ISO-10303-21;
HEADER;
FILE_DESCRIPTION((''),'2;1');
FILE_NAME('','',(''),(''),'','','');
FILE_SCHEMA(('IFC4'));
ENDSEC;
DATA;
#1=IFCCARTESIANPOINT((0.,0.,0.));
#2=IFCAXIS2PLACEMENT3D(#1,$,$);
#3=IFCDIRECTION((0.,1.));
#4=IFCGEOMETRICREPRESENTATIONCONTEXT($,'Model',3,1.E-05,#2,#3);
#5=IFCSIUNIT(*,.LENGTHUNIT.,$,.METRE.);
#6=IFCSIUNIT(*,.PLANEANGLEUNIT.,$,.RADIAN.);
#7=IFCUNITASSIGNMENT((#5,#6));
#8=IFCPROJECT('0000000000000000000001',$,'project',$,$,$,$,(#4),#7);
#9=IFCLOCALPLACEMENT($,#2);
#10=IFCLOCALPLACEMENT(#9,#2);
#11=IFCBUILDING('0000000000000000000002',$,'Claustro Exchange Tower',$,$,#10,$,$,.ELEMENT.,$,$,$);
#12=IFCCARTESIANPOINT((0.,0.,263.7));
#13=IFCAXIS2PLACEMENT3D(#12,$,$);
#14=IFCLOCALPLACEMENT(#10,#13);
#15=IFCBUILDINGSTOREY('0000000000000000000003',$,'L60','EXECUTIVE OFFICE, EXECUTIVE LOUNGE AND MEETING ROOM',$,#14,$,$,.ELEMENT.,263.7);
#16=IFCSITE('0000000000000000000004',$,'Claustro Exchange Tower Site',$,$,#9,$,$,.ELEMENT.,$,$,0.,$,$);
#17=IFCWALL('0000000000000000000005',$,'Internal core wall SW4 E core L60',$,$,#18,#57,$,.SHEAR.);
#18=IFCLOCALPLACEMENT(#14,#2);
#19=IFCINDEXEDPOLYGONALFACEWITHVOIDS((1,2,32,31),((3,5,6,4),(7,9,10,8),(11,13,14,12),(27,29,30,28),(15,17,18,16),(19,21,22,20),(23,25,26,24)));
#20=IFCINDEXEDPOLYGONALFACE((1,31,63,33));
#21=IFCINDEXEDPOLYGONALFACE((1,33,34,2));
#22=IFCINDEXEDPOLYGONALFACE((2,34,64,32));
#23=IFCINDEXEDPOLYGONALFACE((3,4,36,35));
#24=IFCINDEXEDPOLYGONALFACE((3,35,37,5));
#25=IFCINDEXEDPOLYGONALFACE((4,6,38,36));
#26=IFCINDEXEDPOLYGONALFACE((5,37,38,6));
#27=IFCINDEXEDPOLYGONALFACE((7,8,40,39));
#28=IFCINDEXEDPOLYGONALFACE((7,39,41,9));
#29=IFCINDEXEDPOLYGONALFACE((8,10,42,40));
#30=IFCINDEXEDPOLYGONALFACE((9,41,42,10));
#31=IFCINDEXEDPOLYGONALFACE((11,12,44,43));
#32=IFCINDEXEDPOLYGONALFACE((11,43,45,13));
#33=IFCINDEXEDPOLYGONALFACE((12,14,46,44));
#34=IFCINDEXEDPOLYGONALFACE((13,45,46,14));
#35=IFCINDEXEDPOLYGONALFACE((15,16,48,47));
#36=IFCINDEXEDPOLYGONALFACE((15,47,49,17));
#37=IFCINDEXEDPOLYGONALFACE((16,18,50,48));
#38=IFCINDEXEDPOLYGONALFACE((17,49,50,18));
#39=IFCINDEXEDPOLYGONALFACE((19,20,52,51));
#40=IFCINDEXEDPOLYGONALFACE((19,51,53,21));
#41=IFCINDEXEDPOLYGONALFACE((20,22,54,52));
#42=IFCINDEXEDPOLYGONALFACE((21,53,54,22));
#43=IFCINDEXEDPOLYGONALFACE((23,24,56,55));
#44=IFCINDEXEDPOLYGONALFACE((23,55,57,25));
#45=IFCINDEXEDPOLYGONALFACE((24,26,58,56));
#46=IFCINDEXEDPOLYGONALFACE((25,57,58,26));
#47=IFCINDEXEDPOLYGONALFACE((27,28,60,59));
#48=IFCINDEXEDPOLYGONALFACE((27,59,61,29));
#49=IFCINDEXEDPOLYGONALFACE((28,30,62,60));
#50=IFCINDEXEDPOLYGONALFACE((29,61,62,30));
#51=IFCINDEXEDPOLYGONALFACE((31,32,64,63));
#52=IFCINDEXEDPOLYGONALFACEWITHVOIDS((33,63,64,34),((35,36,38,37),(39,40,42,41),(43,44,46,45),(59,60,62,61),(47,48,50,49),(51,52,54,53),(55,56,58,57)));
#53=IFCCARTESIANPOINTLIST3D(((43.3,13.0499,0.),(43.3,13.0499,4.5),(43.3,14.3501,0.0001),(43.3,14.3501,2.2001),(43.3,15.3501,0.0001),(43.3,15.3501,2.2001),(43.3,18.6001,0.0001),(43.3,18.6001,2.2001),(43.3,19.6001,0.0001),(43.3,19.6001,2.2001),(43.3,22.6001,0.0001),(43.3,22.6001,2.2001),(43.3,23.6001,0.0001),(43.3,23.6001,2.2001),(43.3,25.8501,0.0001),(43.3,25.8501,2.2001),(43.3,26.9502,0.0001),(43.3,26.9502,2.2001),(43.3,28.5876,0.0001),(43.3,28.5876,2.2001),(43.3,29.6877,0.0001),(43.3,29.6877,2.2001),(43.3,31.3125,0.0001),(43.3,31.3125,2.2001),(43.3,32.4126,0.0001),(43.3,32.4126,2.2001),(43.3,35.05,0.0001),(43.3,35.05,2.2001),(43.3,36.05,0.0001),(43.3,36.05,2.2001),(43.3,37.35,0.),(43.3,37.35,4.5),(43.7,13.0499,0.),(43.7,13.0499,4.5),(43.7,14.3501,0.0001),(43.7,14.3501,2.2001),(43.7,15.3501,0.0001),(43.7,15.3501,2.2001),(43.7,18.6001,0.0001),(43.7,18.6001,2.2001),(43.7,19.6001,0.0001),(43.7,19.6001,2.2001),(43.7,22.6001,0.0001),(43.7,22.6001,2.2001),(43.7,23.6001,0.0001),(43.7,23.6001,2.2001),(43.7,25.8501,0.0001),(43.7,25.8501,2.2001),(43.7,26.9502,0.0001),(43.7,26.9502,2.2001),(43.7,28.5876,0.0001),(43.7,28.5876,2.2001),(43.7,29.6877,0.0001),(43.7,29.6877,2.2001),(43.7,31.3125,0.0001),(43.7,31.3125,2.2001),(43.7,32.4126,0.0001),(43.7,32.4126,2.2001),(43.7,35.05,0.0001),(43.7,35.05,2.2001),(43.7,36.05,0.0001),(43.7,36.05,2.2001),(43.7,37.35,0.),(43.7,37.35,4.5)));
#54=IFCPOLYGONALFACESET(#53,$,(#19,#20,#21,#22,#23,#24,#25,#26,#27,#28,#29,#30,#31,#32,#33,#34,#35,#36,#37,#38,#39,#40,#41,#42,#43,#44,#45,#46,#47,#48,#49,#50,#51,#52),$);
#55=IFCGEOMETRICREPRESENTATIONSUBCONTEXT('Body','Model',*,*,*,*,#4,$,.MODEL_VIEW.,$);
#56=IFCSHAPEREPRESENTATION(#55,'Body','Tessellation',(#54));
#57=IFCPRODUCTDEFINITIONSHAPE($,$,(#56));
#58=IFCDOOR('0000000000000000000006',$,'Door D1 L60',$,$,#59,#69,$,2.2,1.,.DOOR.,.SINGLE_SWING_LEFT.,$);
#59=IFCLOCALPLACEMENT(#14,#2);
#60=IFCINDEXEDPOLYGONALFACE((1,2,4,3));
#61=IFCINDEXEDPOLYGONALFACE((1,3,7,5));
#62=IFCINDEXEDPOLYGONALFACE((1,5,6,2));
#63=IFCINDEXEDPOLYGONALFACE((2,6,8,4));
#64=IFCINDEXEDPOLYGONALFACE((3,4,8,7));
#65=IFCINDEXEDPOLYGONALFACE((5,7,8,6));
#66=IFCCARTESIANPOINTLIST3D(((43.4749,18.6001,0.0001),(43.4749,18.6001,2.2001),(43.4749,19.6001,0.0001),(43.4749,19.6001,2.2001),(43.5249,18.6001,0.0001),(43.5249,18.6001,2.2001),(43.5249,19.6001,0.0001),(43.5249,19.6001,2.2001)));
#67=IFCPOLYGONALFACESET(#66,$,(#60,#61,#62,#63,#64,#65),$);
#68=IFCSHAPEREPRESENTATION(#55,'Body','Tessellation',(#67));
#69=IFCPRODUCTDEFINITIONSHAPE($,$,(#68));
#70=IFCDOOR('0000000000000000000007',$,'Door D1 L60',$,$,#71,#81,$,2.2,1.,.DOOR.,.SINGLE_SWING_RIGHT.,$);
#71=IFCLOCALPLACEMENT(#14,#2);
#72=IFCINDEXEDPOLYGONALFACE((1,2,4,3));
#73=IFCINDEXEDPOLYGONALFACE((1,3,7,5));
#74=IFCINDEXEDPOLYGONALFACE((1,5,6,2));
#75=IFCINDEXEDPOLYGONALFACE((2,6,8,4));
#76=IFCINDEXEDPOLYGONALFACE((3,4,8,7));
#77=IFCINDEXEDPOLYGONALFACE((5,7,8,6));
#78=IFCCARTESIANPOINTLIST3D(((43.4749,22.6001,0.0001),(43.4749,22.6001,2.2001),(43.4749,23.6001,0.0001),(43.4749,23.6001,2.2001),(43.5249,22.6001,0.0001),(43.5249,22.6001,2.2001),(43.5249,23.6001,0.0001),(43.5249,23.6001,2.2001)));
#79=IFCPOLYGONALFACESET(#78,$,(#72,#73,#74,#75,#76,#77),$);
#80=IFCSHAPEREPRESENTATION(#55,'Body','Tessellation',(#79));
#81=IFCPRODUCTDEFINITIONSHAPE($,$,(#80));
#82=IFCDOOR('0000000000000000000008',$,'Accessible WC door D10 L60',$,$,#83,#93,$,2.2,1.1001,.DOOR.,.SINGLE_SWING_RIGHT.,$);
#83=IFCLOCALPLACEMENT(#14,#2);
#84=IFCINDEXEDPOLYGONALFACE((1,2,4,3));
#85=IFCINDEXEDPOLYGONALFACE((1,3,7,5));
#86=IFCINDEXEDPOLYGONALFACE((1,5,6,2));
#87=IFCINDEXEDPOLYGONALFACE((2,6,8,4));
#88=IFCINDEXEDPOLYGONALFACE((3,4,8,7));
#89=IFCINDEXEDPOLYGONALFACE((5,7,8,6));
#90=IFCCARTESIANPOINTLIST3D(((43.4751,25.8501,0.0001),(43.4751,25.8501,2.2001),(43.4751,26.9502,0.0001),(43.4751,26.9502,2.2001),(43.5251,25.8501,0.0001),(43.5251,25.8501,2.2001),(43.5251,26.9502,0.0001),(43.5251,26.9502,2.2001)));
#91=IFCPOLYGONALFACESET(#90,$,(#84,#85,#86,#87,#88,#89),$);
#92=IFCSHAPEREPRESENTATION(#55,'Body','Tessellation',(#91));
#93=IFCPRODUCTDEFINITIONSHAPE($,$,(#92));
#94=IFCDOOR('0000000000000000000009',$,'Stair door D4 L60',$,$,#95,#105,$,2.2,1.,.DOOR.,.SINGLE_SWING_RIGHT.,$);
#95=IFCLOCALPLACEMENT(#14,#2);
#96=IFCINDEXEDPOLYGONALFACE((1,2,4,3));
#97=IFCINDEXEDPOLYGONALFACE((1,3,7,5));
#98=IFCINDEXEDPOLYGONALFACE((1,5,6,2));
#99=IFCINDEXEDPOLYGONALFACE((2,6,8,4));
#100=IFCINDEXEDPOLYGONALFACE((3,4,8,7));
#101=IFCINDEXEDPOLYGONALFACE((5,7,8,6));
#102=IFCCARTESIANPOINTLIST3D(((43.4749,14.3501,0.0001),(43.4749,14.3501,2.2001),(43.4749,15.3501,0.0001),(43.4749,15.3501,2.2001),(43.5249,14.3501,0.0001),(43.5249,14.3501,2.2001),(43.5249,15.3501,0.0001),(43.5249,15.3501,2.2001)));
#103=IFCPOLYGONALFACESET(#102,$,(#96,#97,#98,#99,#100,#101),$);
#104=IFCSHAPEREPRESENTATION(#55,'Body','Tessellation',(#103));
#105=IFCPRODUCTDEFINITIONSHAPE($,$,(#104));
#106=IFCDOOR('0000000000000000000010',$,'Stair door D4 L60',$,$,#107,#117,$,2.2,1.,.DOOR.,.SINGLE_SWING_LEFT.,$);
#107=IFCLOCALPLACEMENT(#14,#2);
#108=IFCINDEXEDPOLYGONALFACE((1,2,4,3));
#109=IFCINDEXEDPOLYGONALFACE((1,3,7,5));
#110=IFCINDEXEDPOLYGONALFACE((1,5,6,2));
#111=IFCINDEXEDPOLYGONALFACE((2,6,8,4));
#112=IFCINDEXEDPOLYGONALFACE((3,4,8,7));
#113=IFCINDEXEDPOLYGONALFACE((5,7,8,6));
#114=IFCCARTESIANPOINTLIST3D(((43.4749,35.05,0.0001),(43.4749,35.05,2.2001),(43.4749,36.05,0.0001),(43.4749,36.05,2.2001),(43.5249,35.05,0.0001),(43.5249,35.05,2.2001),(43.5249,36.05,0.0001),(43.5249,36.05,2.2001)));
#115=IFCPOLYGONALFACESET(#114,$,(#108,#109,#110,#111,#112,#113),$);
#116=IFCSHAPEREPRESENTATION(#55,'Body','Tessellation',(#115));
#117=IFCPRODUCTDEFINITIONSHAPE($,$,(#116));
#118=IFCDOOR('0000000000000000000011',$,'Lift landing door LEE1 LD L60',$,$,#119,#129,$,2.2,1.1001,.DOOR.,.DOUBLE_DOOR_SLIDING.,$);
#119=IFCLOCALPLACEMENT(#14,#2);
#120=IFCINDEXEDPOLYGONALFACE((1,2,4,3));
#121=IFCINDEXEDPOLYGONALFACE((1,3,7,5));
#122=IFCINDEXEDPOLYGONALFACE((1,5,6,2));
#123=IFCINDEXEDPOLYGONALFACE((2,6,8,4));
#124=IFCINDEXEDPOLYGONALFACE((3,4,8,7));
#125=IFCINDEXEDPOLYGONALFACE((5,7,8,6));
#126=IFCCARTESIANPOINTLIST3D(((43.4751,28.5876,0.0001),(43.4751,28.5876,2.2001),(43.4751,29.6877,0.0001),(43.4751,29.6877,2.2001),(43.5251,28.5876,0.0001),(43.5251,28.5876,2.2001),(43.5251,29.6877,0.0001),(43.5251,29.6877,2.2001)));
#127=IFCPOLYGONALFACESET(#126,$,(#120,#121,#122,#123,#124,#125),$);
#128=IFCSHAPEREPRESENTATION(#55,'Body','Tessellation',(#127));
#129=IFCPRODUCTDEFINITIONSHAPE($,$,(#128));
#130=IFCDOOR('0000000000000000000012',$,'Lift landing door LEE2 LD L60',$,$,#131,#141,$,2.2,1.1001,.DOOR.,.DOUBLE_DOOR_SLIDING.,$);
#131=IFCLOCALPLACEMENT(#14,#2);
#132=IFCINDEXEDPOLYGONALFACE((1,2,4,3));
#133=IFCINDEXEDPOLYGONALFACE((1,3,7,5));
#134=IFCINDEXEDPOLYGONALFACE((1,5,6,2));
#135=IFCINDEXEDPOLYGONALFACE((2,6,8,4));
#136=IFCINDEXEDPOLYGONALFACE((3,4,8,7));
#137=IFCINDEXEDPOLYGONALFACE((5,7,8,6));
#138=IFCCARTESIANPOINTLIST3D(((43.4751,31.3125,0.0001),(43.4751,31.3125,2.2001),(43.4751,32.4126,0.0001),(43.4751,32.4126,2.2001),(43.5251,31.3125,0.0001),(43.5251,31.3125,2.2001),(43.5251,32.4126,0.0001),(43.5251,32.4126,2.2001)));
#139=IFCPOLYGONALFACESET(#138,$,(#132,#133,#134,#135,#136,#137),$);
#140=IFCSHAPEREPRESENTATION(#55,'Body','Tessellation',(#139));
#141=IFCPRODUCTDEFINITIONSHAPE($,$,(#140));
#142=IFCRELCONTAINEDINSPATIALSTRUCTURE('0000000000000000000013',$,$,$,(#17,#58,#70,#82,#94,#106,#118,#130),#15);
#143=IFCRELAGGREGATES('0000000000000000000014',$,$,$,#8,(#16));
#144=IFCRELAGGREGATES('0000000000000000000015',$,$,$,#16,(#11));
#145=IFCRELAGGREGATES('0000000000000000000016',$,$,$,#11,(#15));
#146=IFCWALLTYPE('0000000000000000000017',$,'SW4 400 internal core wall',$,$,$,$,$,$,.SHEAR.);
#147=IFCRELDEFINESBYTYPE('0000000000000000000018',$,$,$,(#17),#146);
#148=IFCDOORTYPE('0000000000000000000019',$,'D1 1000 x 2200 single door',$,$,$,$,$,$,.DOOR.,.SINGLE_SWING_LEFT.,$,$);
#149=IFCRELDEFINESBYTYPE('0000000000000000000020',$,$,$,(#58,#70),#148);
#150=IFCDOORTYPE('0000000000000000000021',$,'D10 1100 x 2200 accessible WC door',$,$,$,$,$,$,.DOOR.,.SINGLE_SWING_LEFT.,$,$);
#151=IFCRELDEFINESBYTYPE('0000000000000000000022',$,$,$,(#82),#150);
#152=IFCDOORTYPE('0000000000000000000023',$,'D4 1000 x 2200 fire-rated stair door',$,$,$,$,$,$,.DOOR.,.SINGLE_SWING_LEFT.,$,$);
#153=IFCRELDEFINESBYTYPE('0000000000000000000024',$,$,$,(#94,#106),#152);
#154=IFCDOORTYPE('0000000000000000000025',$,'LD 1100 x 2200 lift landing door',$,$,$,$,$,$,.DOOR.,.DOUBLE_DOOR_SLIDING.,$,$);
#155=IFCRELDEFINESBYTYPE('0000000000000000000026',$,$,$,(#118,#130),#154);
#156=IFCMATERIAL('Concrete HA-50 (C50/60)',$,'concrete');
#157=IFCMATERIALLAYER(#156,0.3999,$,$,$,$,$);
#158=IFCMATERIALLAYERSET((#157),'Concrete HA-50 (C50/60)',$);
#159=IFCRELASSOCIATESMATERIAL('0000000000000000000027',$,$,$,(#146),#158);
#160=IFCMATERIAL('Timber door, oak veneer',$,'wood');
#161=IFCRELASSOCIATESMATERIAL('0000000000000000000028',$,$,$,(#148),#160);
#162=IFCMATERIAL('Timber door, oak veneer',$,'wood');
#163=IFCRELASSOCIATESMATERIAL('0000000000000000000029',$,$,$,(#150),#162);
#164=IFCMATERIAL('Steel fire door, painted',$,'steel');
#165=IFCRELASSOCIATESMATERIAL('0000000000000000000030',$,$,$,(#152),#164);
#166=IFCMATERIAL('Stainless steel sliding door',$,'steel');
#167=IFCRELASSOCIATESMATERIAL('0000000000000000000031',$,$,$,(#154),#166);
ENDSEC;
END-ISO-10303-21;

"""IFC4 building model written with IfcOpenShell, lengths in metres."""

from ifc_helpers import new_model, si_unit, direction, frame, frame_2d, origin, place, context, subcontext, project, spatial, rectangle, extrude, material, layer, layer_set, type_object, element, fill, save


model = new_model("IFC4")

# Units and contexts
model_context = context("Model", 3, precision=1e-05, world=origin(), true_north=direction((0.0, 1.0)))
body_context = subcontext(model_context, "Body", "Model", "MODEL_VIEW")
ifc_project = project(units=[si_unit("LENGTHUNIT", "METRE"), si_unit("PLANEANGLEUNIT", "RADIAN")], contexts=[model_context])

# Site, building, storey
site_placement = place(None, origin())
site = spatial("IfcSite", under=ifc_project, at=site_placement, Name="Claustro Exchange Tower Site", CompositionType="ELEMENT", RefElevation=0.0)
building_placement = place(site_placement, origin())
building = spatial("IfcBuilding", under=site, at=building_placement, Name="Claustro Exchange Tower", CompositionType="ELEMENT")
storey_placement = place(building_placement, frame((0.0, 0.0, 263.7)))
storey = spatial("IfcBuildingStorey", under=building, at=storey_placement, Name="L60", Description="EXECUTIVE OFFICE, EXECUTIVE LOUNGE AND MEETING ROOM", CompositionType="ELEMENT", Elevation=263.7)

# Wall, openings, doors
ifc_material_1 = material(Name="Concrete HA-50 (C50/60)", Category="concrete")
ifc_layer_1 = layer(ifc_material_1, 0.3999)
ifc_layer_set_1 = layer_set([ifc_layer_1], Name="Concrete HA-50 (C50/60)")
wall_type_1 = type_object("IfcWallType", Name="SW4 400 internal core wall", PredefinedType="SHEAR", material=ifc_layer_set_1)
wall_1_placement = place(storey_placement, frame((43.5, 13.05, 0.0), z_axis=(0.0, 0.0, 1.0), x_axis=(0.0, 1.0, 0.0)))
wall_1 = element("IfcWall", 1, at=wall_1_placement, inside=storey, type_object=wall_type_1, Name="Internal core wall SW4 E core L60", PredefinedType="SHEAR", context=body_context, shape_type="SweptSolid", body=[
    extrude(rectangle(XDim=24.3, YDim=0.3999, at=frame_2d((12.1499, 0.0))), origin(), (0.0, 0.0, 1.0), 4.5),
])
opening_1_placement = place(wall_1_placement, frame((1.3, 0.0, 0.0)))
opening_1 = element("IfcOpeningElement", 2, at=opening_1_placement, cuts=wall_1, PredefinedType="OPENING", context=body_context, shape_type="SweptSolid", body=[
    extrude(rectangle(XDim=1.0, YDim=2.2, at=frame_2d((0.5, 1.1001))), frame((0.0, 0.21, 0.0), z_axis=(0.0, -1.0, 0.0), x_axis=(1.0, 0.0, 0.0)), (0.0, 0.0, 1.0), 0.4199),
])
opening_2_placement = place(wall_1_placement, frame((22.0, 0.0, 0.0)))
opening_2 = element("IfcOpeningElement", 3, at=opening_2_placement, cuts=wall_1, PredefinedType="OPENING", context=body_context, shape_type="SweptSolid", body=[
    extrude(rectangle(XDim=1.0, YDim=2.2, at=frame_2d((0.5, 1.1001))), frame((0.0, 0.21, 0.0), z_axis=(0.0, -1.0, 0.0), x_axis=(1.0, 0.0, 0.0)), (0.0, 0.0, 1.0), 0.4199),
])
opening_3_placement = place(wall_1_placement, frame((5.55, 0.0, 0.0)))
opening_3 = element("IfcOpeningElement", 4, at=opening_3_placement, cuts=wall_1, PredefinedType="OPENING", context=body_context, shape_type="SweptSolid", body=[
    extrude(rectangle(XDim=1.0, YDim=2.2, at=frame_2d((0.5, 1.1001))), frame((0.0, 0.21, 0.0), z_axis=(0.0, -1.0, 0.0), x_axis=(1.0, 0.0, 0.0)), (0.0, 0.0, 1.0), 0.4199),
])
opening_4_placement = place(wall_1_placement, frame((9.55, 0.0, 0.0)))
opening_4 = element("IfcOpeningElement", 5, at=opening_4_placement, cuts=wall_1, PredefinedType="OPENING", context=body_context, shape_type="SweptSolid", body=[
    extrude(rectangle(XDim=1.0, YDim=2.2, at=frame_2d((0.5, 1.1001))), frame((0.0, 0.21, 0.0), z_axis=(0.0, -1.0, 0.0), x_axis=(1.0, 0.0, 0.0)), (0.0, 0.0, 1.0), 0.4199),
])
opening_5_placement = place(wall_1_placement, frame((12.8, 0.0, 0.0)))
opening_5 = element("IfcOpeningElement", 6, at=opening_5_placement, cuts=wall_1, PredefinedType="OPENING", context=body_context, shape_type="SweptSolid", body=[
    extrude(rectangle(XDim=1.1001, YDim=2.2, at=frame_2d((0.55, 1.1001))), frame((0.0, 0.21, 0.0), z_axis=(0.0, -1.0, 0.0), x_axis=(1.0, 0.0, 0.0)), (0.0, 0.0, 1.0), 0.4199),
])
opening_6_placement = place(wall_1_placement, frame((15.5376, 0.0, 0.0)))
opening_6 = element("IfcOpeningElement", 7, at=opening_6_placement, cuts=wall_1, PredefinedType="OPENING", context=body_context, shape_type="SweptSolid", body=[
    extrude(rectangle(XDim=1.1001, YDim=2.2, at=frame_2d((0.55, 1.1001))), frame((0.0, 0.21, 0.0), z_axis=(0.0, -1.0, 0.0), x_axis=(1.0, 0.0, 0.0)), (0.0, 0.0, 1.0), 0.4199),
])
opening_7_placement = place(wall_1_placement, frame((18.2625, 0.0, 0.0)))
opening_7 = element("IfcOpeningElement", 8, at=opening_7_placement, cuts=wall_1, PredefinedType="OPENING", context=body_context, shape_type="SweptSolid", body=[
    extrude(rectangle(XDim=1.1001, YDim=2.2, at=frame_2d((0.55, 1.1001))), frame((0.0, 0.21, 0.0), z_axis=(0.0, -1.0, 0.0), x_axis=(1.0, 0.0, 0.0)), (0.0, 0.0, 1.0), 0.4199),
])
ifc_material_2 = material(Name="Timber door, oak veneer", Category="wood")
door_type_1 = type_object("IfcDoorType", Name="D1 1000 x 2200 single door", OperationType="SINGLE_SWING_LEFT", PredefinedType="DOOR", material=ifc_material_2)
door_1_placement = place(opening_3_placement, frame((1.0, 0.0, 0.0), z_axis=(0.0, 0.0, 1.0), x_axis=(-1.0, 0.0, 0.0)))
door_1 = element("IfcDoor", 9, at=door_1_placement, inside=storey, type_object=door_type_1, Name="Door D1 L60", OperationType="SINGLE_SWING_LEFT", OverallHeight=2.2, OverallWidth=1.0, PredefinedType="DOOR", context=body_context, shape_type="SweptSolid", body=[
    extrude(rectangle(XDim=1.0, YDim=2.2, at=frame_2d((0.5, 1.1001))), frame((0.0, 0.0249, 0.0), z_axis=(0.0, -1.0, 0.0), x_axis=(1.0, 0.0, 0.0)), (0.0, 0.0, 1.0), 0.05),
])
fill(opening_3, door_1)
door_2_placement = place(opening_4_placement, frame((1.0, 0.0, 0.0), z_axis=(0.0, 0.0, 1.0), x_axis=(-1.0, 0.0, 0.0)))
door_2 = element("IfcDoor", 10, at=door_2_placement, inside=storey, type_object=door_type_1, Name="Door D1 L60", OperationType="SINGLE_SWING_RIGHT", OverallHeight=2.2, OverallWidth=1.0, PredefinedType="DOOR", context=body_context, shape_type="SweptSolid", body=[
    extrude(rectangle(XDim=1.0, YDim=2.2, at=frame_2d((0.5, 1.1001))), frame((0.0, 0.0249, 0.0), z_axis=(0.0, -1.0, 0.0), x_axis=(1.0, 0.0, 0.0)), (0.0, 0.0, 1.0), 0.05),
])
fill(opening_4, door_2)
ifc_material_3 = material(Name="Timber door, oak veneer", Category="wood")
door_type_2 = type_object("IfcDoorType", Name="D10 1100 x 2200 accessible WC door", OperationType="SINGLE_SWING_LEFT", PredefinedType="DOOR", material=ifc_material_3)
door_3_placement = place(opening_5_placement, origin())
door_3 = element("IfcDoor", 11, at=door_3_placement, inside=storey, type_object=door_type_2, Name="Accessible WC door D10 L60", OperationType="SINGLE_SWING_RIGHT", OverallHeight=2.2, OverallWidth=1.1001, PredefinedType="DOOR", context=body_context, shape_type="SweptSolid", body=[
    extrude(rectangle(XDim=1.1001, YDim=2.2, at=frame_2d((0.55, 1.1001))), frame((0.0, 0.0249, 0.0), z_axis=(0.0, -1.0, 0.0), x_axis=(1.0, 0.0, 0.0)), (0.0, 0.0, 1.0), 0.05),
])
fill(opening_5, door_3)
ifc_material_4 = material(Name="Steel fire door, painted", Category="steel")
door_type_3 = type_object("IfcDoorType", Name="D4 1000 x 2200 fire-rated stair door", OperationType="SINGLE_SWING_LEFT", PredefinedType="DOOR", material=ifc_material_4)
door_4_placement = place(opening_1_placement, frame((1.0, 0.0, 0.0), z_axis=(0.0, 0.0, 1.0), x_axis=(-1.0, 0.0, 0.0)))
door_4 = element("IfcDoor", 12, at=door_4_placement, inside=storey, type_object=door_type_3, Name="Stair door D4 L60", OperationType="SINGLE_SWING_RIGHT", OverallHeight=2.2, OverallWidth=1.0, PredefinedType="DOOR", context=body_context, shape_type="SweptSolid", body=[
    extrude(rectangle(XDim=1.0, YDim=2.2, at=frame_2d((0.5, 1.1001))), frame((0.0, 0.0249, 0.0), z_axis=(0.0, -1.0, 0.0), x_axis=(1.0, 0.0, 0.0)), (0.0, 0.0, 1.0), 0.05),
])
fill(opening_1, door_4)
door_5_placement = place(opening_2_placement, frame((1.0, 0.0, 0.0), z_axis=(0.0, 0.0, 1.0), x_axis=(-1.0, 0.0, 0.0)))
door_5 = element("IfcDoor", 13, at=door_5_placement, inside=storey, type_object=door_type_3, Name="Stair door D4 L60", OperationType="SINGLE_SWING_LEFT", OverallHeight=2.2, OverallWidth=1.0, PredefinedType="DOOR", context=body_context, shape_type="SweptSolid", body=[
    extrude(rectangle(XDim=1.0, YDim=2.2, at=frame_2d((0.5, 1.1001))), frame((0.0, 0.0249, 0.0), z_axis=(0.0, -1.0, 0.0), x_axis=(1.0, 0.0, 0.0)), (0.0, 0.0, 1.0), 0.05),
])
fill(opening_2, door_5)
ifc_material_5 = material(Name="Stainless steel sliding door", Category="steel")
door_type_4 = type_object("IfcDoorType", Name="LD 1100 x 2200 lift landing door", OperationType="DOUBLE_DOOR_SLIDING", PredefinedType="DOOR", material=ifc_material_5)
door_6_placement = place(opening_6_placement, origin())
door_6 = element("IfcDoor", 14, at=door_6_placement, inside=storey, type_object=door_type_4, Name="Lift landing door LEE1 LD L60", OperationType="DOUBLE_DOOR_SLIDING", OverallHeight=2.2, OverallWidth=1.1001, PredefinedType="DOOR", context=body_context, shape_type="SweptSolid", body=[
    extrude(rectangle(XDim=1.1001, YDim=2.2, at=frame_2d((0.55, 1.1001))), frame((0.0, 0.0249, 0.0), z_axis=(0.0, -1.0, 0.0), x_axis=(1.0, 0.0, 0.0)), (0.0, 0.0, 1.0), 0.05),
])
fill(opening_6, door_6)
door_7_placement = place(opening_7_placement, origin())
door_7 = element("IfcDoor", 15, at=door_7_placement, inside=storey, type_object=door_type_4, Name="Lift landing door LEE2 LD L60", OperationType="DOUBLE_DOOR_SLIDING", OverallHeight=2.2, OverallWidth=1.1001, PredefinedType="DOOR", context=body_context, shape_type="SweptSolid", body=[
    extrude(rectangle(XDim=1.1001, YDim=2.2, at=frame_2d((0.55, 1.1001))), frame((0.0, 0.0249, 0.0), z_axis=(0.0, -1.0, 0.0), x_axis=(1.0, 0.0, 0.0)), (0.0, 0.0, 1.0), 0.05),
])
fill(opening_7, door_7)

save(model, "model.ifc")
